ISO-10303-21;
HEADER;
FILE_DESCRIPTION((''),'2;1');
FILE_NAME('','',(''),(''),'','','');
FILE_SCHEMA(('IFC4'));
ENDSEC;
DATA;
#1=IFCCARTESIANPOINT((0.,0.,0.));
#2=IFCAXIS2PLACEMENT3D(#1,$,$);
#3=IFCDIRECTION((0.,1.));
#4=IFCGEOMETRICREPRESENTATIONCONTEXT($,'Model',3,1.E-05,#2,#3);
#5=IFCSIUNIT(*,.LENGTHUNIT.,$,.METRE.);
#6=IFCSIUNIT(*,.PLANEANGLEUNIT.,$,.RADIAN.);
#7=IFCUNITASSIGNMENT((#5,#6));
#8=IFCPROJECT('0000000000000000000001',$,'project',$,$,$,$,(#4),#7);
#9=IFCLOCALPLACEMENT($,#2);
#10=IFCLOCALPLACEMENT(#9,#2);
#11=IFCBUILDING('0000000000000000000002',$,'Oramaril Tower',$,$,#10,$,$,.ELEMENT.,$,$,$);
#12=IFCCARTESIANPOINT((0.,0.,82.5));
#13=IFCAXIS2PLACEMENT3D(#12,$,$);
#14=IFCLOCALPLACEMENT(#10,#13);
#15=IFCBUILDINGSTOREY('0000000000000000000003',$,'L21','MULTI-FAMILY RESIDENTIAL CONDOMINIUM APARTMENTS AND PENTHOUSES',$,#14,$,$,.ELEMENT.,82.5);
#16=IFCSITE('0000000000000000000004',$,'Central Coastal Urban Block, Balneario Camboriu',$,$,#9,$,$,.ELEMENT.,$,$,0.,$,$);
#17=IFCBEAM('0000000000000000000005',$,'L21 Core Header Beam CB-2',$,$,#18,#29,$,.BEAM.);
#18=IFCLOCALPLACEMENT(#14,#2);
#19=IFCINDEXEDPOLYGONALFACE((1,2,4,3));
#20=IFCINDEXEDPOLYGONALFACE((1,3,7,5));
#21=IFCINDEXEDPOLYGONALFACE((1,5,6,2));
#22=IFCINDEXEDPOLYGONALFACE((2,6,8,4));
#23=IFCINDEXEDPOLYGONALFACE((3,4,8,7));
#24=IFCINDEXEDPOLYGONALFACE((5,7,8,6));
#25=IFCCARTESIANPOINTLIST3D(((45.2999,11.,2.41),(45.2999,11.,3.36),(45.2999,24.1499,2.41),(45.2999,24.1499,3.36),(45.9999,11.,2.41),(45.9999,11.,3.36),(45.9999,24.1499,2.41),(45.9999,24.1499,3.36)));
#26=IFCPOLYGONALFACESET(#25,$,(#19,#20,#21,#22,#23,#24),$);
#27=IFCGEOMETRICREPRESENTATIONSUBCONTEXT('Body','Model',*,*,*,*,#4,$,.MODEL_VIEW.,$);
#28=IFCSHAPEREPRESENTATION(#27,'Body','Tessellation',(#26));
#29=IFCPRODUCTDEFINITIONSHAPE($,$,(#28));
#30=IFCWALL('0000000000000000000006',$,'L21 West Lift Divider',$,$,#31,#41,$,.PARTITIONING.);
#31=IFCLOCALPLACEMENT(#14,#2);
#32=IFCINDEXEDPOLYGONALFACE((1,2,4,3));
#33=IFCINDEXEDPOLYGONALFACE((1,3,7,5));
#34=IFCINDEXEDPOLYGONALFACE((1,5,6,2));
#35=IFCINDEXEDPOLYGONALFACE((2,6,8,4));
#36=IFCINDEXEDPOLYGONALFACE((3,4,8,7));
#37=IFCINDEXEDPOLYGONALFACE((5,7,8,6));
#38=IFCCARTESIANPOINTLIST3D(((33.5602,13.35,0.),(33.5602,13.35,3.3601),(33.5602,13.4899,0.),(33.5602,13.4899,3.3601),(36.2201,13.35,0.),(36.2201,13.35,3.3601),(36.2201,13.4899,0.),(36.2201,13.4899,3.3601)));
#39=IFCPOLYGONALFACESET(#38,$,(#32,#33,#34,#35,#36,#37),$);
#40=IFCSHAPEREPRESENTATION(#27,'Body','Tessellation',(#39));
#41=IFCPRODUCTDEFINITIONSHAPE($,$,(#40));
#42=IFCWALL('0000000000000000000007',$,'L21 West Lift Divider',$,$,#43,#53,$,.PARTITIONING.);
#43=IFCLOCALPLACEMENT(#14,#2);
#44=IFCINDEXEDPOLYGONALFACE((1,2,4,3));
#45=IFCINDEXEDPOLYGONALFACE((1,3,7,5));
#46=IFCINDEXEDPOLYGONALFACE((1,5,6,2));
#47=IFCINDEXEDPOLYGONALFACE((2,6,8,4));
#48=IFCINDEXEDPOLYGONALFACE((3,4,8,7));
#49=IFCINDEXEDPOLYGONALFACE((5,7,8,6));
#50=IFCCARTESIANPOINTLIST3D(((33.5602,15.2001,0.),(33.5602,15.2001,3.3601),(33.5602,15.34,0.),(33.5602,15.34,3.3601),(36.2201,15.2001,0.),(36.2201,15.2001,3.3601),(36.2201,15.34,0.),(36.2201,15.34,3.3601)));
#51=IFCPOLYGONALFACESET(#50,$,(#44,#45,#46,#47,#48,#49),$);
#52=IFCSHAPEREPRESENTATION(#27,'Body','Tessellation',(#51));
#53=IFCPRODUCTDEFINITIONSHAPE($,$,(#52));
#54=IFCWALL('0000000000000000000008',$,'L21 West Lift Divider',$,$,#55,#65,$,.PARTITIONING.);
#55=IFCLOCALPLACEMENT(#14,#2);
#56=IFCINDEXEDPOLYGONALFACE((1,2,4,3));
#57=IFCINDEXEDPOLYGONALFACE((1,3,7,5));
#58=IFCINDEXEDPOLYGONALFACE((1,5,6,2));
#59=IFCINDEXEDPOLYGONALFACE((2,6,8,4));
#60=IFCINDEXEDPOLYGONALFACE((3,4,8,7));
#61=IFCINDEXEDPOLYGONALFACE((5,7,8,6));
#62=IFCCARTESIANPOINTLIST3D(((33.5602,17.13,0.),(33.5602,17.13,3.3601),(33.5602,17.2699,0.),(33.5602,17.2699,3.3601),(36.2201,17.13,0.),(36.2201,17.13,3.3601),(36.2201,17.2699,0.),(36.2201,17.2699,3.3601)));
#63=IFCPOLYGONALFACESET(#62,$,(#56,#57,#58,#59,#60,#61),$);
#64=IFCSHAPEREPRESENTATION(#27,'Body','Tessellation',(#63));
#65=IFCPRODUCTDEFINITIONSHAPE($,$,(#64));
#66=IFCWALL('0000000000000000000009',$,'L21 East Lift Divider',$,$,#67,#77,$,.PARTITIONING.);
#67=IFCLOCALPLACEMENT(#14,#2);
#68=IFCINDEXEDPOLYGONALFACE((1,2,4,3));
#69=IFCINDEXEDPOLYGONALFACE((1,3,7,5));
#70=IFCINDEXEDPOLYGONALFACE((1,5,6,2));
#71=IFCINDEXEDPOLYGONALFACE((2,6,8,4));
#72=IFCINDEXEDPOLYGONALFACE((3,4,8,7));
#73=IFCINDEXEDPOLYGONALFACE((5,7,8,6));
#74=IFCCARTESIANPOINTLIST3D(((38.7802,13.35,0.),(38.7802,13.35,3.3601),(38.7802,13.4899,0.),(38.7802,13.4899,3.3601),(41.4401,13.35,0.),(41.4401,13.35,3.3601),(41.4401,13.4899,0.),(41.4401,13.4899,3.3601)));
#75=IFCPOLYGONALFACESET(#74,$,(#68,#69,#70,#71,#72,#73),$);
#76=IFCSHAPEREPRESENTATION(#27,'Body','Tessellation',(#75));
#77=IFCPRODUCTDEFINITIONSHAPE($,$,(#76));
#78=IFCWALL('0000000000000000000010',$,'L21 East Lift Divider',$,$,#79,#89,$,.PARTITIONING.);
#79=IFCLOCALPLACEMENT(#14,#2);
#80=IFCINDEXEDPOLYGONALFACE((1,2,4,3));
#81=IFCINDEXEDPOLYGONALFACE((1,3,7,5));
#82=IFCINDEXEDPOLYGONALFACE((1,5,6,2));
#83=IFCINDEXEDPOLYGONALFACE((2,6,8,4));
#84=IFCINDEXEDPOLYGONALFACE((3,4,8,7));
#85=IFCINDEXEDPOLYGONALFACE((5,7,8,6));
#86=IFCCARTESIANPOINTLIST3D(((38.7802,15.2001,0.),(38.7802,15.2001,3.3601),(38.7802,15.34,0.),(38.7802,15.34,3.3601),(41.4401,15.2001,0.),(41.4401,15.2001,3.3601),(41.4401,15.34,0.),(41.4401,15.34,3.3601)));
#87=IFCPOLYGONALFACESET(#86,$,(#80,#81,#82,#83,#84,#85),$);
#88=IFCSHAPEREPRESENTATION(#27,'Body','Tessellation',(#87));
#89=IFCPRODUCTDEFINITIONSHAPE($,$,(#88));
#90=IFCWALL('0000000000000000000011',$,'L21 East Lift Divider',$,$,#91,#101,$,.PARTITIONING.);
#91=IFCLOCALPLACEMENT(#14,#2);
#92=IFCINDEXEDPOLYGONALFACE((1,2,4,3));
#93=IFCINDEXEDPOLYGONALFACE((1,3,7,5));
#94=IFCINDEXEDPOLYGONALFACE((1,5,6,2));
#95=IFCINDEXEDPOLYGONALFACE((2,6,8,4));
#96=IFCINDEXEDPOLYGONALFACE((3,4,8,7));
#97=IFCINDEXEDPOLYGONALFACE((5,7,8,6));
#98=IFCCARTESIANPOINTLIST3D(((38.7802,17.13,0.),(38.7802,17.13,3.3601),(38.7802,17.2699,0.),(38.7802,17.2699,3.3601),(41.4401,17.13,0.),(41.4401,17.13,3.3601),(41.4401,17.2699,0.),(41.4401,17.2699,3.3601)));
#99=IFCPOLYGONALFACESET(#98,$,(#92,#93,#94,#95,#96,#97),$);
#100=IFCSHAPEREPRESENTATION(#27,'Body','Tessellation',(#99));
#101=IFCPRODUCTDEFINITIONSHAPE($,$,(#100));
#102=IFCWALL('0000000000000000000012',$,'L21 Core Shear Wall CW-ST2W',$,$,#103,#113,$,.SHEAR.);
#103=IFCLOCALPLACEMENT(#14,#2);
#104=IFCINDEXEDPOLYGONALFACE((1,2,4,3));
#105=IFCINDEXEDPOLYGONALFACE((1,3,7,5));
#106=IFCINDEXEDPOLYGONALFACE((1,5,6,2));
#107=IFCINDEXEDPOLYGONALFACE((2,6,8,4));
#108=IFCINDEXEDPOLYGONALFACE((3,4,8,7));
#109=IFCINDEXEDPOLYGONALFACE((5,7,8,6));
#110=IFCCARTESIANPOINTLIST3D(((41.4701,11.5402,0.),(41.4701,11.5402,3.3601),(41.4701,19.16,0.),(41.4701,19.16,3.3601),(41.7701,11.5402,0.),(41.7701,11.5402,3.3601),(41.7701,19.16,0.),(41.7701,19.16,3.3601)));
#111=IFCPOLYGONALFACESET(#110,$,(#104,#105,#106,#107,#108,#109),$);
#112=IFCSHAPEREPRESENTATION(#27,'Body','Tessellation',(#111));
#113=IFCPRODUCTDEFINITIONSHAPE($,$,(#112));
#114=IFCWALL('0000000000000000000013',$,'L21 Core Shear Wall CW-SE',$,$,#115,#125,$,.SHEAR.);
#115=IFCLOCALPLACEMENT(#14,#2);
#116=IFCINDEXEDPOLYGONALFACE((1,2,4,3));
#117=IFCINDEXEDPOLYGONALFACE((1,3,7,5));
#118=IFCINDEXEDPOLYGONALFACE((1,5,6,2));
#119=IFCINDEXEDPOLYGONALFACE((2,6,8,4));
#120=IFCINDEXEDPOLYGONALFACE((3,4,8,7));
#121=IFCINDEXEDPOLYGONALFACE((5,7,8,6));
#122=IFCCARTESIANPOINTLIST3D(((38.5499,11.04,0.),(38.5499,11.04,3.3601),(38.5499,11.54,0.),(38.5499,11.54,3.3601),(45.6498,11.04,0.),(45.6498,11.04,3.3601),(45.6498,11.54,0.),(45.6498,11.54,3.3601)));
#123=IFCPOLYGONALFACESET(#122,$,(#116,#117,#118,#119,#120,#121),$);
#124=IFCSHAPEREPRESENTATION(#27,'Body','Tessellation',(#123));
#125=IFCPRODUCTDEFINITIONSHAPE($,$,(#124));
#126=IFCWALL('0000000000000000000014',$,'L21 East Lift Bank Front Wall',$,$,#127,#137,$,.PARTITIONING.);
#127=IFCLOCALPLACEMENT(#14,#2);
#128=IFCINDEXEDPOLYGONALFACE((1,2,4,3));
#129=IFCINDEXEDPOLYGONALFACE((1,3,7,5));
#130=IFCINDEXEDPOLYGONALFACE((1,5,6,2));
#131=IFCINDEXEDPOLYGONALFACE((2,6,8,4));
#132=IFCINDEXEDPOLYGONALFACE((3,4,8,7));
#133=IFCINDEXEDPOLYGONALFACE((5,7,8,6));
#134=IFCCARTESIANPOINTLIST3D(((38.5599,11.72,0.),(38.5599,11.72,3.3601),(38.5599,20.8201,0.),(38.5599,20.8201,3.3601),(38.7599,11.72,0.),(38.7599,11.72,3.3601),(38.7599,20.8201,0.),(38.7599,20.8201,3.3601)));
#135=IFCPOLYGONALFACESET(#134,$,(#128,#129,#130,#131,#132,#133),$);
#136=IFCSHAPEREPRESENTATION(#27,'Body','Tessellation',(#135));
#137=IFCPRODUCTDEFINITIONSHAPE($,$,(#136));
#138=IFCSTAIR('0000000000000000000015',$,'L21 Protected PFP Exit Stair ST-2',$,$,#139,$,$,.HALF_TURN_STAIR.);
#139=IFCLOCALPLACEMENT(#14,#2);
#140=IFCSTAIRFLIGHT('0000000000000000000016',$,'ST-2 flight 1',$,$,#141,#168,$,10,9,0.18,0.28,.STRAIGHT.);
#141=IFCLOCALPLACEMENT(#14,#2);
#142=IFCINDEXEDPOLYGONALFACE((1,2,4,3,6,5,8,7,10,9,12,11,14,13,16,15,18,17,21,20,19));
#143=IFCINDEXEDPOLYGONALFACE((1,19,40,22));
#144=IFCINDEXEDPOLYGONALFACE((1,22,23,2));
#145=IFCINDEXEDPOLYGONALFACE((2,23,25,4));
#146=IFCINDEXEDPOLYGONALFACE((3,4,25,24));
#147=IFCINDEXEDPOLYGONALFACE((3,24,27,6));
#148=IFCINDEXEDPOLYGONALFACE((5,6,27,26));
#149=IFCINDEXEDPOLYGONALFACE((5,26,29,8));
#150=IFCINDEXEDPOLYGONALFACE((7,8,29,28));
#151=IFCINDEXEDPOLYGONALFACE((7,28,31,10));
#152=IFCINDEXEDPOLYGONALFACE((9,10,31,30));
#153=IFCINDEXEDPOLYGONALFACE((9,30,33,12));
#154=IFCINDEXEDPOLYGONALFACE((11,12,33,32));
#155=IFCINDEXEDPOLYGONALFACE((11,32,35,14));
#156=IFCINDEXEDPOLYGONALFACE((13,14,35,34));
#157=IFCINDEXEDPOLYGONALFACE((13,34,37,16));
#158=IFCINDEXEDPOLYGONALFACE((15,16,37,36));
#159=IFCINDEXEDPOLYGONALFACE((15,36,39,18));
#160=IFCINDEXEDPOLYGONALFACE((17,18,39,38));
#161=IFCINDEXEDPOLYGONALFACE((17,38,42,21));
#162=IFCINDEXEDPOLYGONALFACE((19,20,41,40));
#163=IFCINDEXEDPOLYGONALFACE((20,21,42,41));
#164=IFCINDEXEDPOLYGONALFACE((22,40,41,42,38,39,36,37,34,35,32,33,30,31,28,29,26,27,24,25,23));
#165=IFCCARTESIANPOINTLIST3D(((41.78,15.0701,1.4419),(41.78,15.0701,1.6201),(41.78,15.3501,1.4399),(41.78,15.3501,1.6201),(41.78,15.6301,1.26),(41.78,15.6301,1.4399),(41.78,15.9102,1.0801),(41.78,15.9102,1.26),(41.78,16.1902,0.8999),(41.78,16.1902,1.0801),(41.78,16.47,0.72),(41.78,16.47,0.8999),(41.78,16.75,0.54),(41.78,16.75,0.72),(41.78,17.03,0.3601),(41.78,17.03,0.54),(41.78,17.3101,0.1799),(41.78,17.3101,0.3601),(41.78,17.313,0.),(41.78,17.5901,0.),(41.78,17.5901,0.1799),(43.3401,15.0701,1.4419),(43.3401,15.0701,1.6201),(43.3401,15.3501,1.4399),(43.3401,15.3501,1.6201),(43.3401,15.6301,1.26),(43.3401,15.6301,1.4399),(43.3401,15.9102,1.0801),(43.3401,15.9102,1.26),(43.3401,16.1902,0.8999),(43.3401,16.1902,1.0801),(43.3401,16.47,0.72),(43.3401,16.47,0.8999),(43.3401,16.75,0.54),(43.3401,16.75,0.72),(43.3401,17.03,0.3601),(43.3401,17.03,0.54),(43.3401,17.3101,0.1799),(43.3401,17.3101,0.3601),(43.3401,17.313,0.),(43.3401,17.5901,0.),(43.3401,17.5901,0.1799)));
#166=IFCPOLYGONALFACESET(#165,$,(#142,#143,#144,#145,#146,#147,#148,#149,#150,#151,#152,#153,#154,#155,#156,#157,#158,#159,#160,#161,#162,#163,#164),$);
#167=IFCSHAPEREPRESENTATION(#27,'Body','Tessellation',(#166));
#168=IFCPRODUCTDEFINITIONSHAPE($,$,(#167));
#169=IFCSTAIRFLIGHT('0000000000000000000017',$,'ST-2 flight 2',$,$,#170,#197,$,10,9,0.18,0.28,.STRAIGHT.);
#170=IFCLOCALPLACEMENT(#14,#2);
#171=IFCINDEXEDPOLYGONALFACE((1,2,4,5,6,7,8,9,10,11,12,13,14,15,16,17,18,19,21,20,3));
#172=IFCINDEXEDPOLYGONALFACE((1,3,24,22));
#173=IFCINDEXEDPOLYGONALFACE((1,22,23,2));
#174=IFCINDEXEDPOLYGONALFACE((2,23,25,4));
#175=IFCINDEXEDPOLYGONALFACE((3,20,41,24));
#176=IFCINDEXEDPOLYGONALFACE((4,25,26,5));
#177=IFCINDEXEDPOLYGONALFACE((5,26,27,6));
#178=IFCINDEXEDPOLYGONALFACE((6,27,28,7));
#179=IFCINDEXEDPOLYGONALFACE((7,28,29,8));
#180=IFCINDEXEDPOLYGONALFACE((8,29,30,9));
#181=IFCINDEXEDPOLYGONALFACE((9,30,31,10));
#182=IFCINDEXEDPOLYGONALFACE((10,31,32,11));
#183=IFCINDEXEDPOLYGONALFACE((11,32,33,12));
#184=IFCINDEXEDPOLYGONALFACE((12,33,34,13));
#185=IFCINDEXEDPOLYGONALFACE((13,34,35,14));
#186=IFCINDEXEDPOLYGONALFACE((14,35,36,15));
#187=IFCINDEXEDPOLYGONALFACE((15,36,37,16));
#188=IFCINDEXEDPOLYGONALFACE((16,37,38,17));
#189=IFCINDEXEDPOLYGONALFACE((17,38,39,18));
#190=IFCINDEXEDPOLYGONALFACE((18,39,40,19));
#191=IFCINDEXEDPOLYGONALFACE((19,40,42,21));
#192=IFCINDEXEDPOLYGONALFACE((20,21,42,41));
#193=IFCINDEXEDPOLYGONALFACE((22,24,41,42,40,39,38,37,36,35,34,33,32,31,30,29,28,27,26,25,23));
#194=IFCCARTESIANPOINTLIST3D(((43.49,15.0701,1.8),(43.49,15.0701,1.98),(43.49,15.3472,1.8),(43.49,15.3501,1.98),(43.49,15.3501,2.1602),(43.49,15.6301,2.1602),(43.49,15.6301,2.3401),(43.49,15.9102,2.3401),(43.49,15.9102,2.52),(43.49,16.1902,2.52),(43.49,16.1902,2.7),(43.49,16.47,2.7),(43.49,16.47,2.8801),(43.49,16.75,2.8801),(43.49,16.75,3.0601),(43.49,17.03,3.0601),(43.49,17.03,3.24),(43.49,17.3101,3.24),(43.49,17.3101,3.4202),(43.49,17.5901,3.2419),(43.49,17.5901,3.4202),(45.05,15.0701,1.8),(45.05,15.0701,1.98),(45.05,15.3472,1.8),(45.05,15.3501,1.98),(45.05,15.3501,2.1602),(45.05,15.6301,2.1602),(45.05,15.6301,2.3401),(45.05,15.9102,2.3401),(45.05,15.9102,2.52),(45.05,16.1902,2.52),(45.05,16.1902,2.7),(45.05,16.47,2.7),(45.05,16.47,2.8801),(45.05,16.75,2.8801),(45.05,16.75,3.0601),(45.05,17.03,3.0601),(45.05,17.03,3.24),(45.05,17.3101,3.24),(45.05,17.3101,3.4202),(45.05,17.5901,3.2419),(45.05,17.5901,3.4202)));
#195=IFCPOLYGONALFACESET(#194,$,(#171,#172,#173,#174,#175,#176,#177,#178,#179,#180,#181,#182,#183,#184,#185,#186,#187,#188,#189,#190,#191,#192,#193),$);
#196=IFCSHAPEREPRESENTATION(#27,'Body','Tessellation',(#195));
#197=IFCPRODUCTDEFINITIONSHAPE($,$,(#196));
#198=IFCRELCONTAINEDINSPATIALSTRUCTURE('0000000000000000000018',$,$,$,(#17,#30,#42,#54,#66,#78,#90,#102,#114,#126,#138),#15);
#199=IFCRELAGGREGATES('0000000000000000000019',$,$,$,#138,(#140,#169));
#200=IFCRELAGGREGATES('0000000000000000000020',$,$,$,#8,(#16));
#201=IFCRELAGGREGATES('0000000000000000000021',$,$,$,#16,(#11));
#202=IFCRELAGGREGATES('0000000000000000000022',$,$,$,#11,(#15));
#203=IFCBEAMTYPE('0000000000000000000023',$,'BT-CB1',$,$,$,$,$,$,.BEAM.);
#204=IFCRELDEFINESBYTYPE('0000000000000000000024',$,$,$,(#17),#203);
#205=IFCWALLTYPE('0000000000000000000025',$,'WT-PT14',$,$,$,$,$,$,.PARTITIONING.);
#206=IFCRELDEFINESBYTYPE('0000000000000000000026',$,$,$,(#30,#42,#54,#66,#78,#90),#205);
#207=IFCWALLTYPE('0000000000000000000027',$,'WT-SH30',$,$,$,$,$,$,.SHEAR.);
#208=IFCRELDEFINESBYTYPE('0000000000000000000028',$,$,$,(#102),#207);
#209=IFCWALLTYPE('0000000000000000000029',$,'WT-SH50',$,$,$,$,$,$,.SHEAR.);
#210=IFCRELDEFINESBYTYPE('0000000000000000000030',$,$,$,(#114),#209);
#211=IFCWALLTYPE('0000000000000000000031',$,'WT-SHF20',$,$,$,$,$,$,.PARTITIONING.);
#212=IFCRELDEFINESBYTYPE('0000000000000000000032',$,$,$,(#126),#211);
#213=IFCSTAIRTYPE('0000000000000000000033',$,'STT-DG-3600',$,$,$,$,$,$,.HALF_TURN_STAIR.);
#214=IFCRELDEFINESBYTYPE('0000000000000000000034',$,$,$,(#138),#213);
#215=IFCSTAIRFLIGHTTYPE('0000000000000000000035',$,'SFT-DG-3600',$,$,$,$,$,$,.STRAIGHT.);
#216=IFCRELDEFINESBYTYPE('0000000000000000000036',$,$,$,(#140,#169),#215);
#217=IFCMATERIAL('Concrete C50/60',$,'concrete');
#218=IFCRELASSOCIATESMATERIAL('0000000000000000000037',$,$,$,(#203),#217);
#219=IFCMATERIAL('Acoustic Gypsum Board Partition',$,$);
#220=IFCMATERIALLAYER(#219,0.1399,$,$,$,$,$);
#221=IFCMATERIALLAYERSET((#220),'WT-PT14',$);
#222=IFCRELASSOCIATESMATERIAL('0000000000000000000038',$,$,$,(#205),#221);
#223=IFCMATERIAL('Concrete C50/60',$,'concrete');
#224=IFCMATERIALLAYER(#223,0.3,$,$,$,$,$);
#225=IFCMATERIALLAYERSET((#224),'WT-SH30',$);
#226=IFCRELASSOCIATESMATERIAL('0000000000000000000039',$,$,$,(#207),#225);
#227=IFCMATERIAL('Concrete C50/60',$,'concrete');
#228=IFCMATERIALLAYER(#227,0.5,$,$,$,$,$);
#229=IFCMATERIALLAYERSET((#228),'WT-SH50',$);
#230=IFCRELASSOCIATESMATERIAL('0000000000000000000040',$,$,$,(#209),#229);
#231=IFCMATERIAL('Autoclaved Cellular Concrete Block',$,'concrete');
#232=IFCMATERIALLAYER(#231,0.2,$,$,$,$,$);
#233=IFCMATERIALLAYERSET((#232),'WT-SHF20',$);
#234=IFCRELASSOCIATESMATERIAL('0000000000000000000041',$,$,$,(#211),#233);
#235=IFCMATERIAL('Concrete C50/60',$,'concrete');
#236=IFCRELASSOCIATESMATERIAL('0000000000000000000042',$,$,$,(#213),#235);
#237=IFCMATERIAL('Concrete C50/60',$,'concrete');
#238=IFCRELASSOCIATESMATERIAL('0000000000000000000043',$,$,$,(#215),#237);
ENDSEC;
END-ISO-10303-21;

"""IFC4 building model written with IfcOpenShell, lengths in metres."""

from ifc_helpers import new_model, si_unit, direction, frame, frame_2d, origin, origin_2d, place, context, subcontext, project, spatial, polyline, rectangle, outline, extrude, material, layer, layer_set, material_profile, profile_set, type_object, element, aggregate, save


model = new_model("IFC4")

# Units and contexts
model_context = context("Model", 3, precision=1e-05, world=origin(), true_north=direction((0.0, 1.0)))
body_context = subcontext(model_context, "Body", "Model", "MODEL_VIEW")
ifc_project = project(units=[si_unit("LENGTHUNIT", "METRE"), si_unit("PLANEANGLEUNIT", "RADIAN")], contexts=[model_context])

# Site, building, storey
site_placement = place(None, origin())
site = spatial("IfcSite", under=ifc_project, at=site_placement, Name="Central Coastal Urban Block, Balneario Camboriu", CompositionType="ELEMENT", RefElevation=0.0)
building_placement = place(site_placement, origin())
building = spatial("IfcBuilding", under=site, at=building_placement, Name="Oramaril Tower", CompositionType="ELEMENT")
storey_placement = place(building_placement, frame((0.0, 0.0, 82.5)))
storey = spatial("IfcBuildingStorey", under=building, at=storey_placement, Name="L21", Description="MULTI-FAMILY RESIDENTIAL CONDOMINIUM APARTMENTS AND PENTHOUSES", CompositionType="ELEMENT", Elevation=82.5)

# Beam
ifc_material_1 = material(Name="Concrete C50/60", Category="concrete")
ifc_material_profile = material_profile(ifc_material_1, rectangle(XDim=0.7, YDim=0.95, at=origin_2d()), Name="CB700X950")
ifc_profile_set = profile_set([ifc_material_profile], Name="Concrete C50/60")
beam_type = type_object("IfcBeamType", Name="BT-CB1", PredefinedType="BEAM", material=ifc_profile_set)
beam_placement = place(storey_placement, frame((45.6499, 11.0, 2.885), z_axis=(0.0, 1.0, 0.0), x_axis=(-1.0, 0.0, 0.0)))
element("IfcBeam", 1, at=beam_placement, inside=storey, type_object=beam_type, Name="L21 Core Header Beam CB-2", PredefinedType="BEAM", context=body_context, shape_type="SweptSolid", body=[
    extrude(rectangle(XDim=0.7, YDim=0.95, at=origin_2d()), origin(), (0.0, 0.0, 1.0), 13.1499),
])

# Walls
ifc_material_2 = material(Name="Acoustic Gypsum Board Partition")
ifc_layer_1 = layer(ifc_material_2, 0.1399)
ifc_layer_set_1 = layer_set([ifc_layer_1], Name="WT-PT14")
wall_type_1 = type_object("IfcWallType", Name="WT-PT14", PredefinedType="PARTITIONING", material=ifc_layer_set_1)
for number, where, z_axis, x_axis, name in (
    (2, (33.5601, 13.4199, 0.0), (0.0, 0.0, 1.0), (1.0, 0.0, 0.0), "L21 West Lift Divider"),
    (3, (33.5601, 15.27, 0.0), (0.0, 0.0, 1.0), (1.0, 0.0, 0.0), "L21 West Lift Divider"),
    (4, (33.5601, 17.2, 0.0), (0.0, 0.0, 1.0), (1.0, 0.0, 0.0), "L21 West Lift Divider"),
    (5, (38.78, 13.4199, 0.0), (0.0, 0.0, 1.0), (1.0, 0.0, 0.0), "L21 East Lift Divider"),
    (6, (38.78, 15.27, 0.0), (0.0, 0.0, 1.0), (1.0, 0.0, 0.0), "L21 East Lift Divider"),
    (7, (38.78, 17.2, 0.0), (0.0, 0.0, 1.0), (1.0, 0.0, 0.0), "L21 East Lift Divider"),
):
    element("IfcWall", number, at=place(storey_placement, frame(where, z_axis=z_axis, x_axis=x_axis)), inside=storey, type_object=wall_type_1, Name=name, PredefinedType="PARTITIONING", context=body_context, shape_type="SweptSolid", body=[
        extrude(rectangle(XDim=2.6599, YDim=0.1399, at=frame_2d((1.3301, 0.0))), origin(), (0.0, 0.0, 1.0), 3.3601),
    ])
ifc_material_3 = material(Name="Concrete C50/60", Category="concrete")
ifc_layer_2 = layer(ifc_material_3, 0.3)
ifc_layer_set_2 = layer_set([ifc_layer_2], Name="WT-SH30")
wall_type_2 = type_object("IfcWallType", Name="WT-SH30", PredefinedType="SHEAR", material=ifc_layer_set_2)
wall_1_placement = place(storey_placement, frame((41.6201, 11.54, 0.0), z_axis=(0.0, 0.0, 1.0), x_axis=(0.0, 1.0, 0.0)))
element("IfcWall", 8, at=wall_1_placement, inside=storey, type_object=wall_type_2, Name="L21 Core Shear Wall CW-ST2W", PredefinedType="SHEAR", context=body_context, shape_type="SweptSolid", body=[
    extrude(rectangle(XDim=7.6199, YDim=0.3, at=frame_2d((3.8101, 0.0))), origin(), (0.0, 0.0, 1.0), 3.3601),
])
ifc_material_4 = material(Name="Concrete C50/60", Category="concrete")
ifc_layer_3 = layer(ifc_material_4, 0.5)
ifc_layer_set_3 = layer_set([ifc_layer_3], Name="WT-SH50")
wall_type_3 = type_object("IfcWallType", Name="WT-SH50", PredefinedType="SHEAR", material=ifc_layer_set_3)
wall_2_placement = place(storey_placement, frame((38.55, 11.29, 0.0), z_axis=(0.0, 0.0, 1.0), x_axis=(1.0, 0.0, 0.0)))
element("IfcWall", 9, at=wall_2_placement, inside=storey, type_object=wall_type_3, Name="L21 Core Shear Wall CW-SE", PredefinedType="SHEAR", context=body_context, shape_type="SweptSolid", body=[
    extrude(rectangle(XDim=7.0999, YDim=0.5, at=frame_2d((3.5498, 0.0))), origin(), (0.0, 0.0, 1.0), 3.3601),
])

# Shared definitions
ifc_material_5 = material(Name="Autoclaved Cellular Concrete Block", Category="concrete")
ifc_layer_4 = layer(ifc_material_5, 0.2)
ifc_layer_set_4 = layer_set([ifc_layer_4], Name="WT-SHF20")
wall_type_4 = type_object("IfcWallType", Name="WT-SHF20", PredefinedType="PARTITIONING", material=ifc_layer_set_4)

# Wall
wall_3_placement = place(storey_placement, frame((38.6599, 11.72, 0.0), z_axis=(0.0, 0.0, 1.0), x_axis=(0.0, 1.0, 0.0)))
element("IfcWall", 10, at=wall_3_placement, inside=storey, type_object=wall_type_4, Name="L21 East Lift Bank Front Wall", PredefinedType="PARTITIONING", context=body_context, shape_type="SweptSolid", body=[
    extrude(rectangle(XDim=9.1001, YDim=0.2, at=frame_2d((4.55, 0.0))), origin(), (0.0, 0.0, 1.0), 3.3601),
])

# Stair, stair flights
ifc_material_6 = material(Name="Concrete C50/60", Category="concrete")
stair_type = type_object("IfcStairType", Name="STT-DG-3600", PredefinedType="HALF_TURN_STAIR", material=ifc_material_6)
stair_placement = place(storey_placement, origin())
stair = element("IfcStair", 11, at=stair_placement, inside=storey, type_object=stair_type, Name="L21 Protected PFP Exit Stair ST-2", PredefinedType="HALF_TURN_STAIR")
ifc_material_7 = material(Name="Concrete C50/60", Category="concrete")
stair_flight_type = type_object("IfcStairFlightType", Name="SFT-DG-3600", PredefinedType="STRAIGHT", material=ifc_material_7)
stair_flight_1_placement = place(storey_placement, frame((42.5601, 17.5901, 0.0), z_axis=(0.0, 0.0, 1.0), x_axis=(0.0, -1.0, 0.0)))
stair_flight_1 = element("IfcStairFlight", 12, at=stair_flight_1_placement, type_object=stair_flight_type, Name="ST-2 flight 1", NumberOfRisers=10, NumberOfTreads=9, PredefinedType="STRAIGHT", RiserHeight=0.18, TreadLength=0.28, context=body_context, shape_type="SweptSolid", body=[
    extrude(outline(polyline([(0.0, 0.0), (0.0, 0.1799), (0.28, 0.1799), (0.28, 0.3601), (0.5601, 0.3601), (0.5601, 0.54), (0.8401, 0.54), (0.8401, 0.72), (1.1201, 0.72), (1.1201, 0.8999), (1.3999, 0.8999), (1.3999, 1.0801), (1.6799, 1.0801), (1.6799, 1.26), (1.96, 1.26), (1.96, 1.4399), (2.24, 1.4399), (2.24, 1.6201), (2.52, 1.6201), (2.52, 1.8), (2.52, 1.4419), (0.2771, 0.0), (0.0, 0.0)])), frame((0.0, 0.78, 0.0), z_axis=(0.0, -1.0, 0.0), x_axis=(1.0, 0.0, 0.0)), (0.0, 0.0, 1.0), 1.5601),
])
stair_flight_2_placement = place(storey_placement, frame((44.27, 15.0701, 1.8), z_axis=(0.0, 0.0, 1.0), x_axis=(0.0, 1.0, 0.0)))
stair_flight_2 = element("IfcStairFlight", 13, at=stair_flight_2_placement, type_object=stair_flight_type, Name="ST-2 flight 2", NumberOfRisers=10, NumberOfTreads=9, PredefinedType="STRAIGHT", RiserHeight=0.18, TreadLength=0.28, context=body_context, shape_type="SweptSolid", body=[
    extrude(outline(polyline([(0.0, 0.0), (0.0, 0.1799), (0.28, 0.1799), (0.28, 0.3601), (0.5601, 0.3601), (0.5601, 0.54), (0.8401, 0.54), (0.8401, 0.72), (1.1201, 0.72), (1.1201, 0.8999), (1.3999, 0.8999), (1.3999, 1.0801), (1.6799, 1.0801), (1.6799, 1.26), (1.96, 1.26), (1.96, 1.4399), (2.24, 1.4399), (2.24, 1.6201), (2.52, 1.6201), (2.52, 1.8), (2.52, 1.4419), (0.2771, 0.0), (0.0, 0.0)])), frame((0.0, 0.78, 0.0), z_axis=(0.0, -1.0, 0.0), x_axis=(1.0, 0.0, 0.0)), (0.0, 0.0, 1.0), 1.5601),
])
aggregate(stair, [stair_flight_1, stair_flight_2])

save(model, "model.ifc")
